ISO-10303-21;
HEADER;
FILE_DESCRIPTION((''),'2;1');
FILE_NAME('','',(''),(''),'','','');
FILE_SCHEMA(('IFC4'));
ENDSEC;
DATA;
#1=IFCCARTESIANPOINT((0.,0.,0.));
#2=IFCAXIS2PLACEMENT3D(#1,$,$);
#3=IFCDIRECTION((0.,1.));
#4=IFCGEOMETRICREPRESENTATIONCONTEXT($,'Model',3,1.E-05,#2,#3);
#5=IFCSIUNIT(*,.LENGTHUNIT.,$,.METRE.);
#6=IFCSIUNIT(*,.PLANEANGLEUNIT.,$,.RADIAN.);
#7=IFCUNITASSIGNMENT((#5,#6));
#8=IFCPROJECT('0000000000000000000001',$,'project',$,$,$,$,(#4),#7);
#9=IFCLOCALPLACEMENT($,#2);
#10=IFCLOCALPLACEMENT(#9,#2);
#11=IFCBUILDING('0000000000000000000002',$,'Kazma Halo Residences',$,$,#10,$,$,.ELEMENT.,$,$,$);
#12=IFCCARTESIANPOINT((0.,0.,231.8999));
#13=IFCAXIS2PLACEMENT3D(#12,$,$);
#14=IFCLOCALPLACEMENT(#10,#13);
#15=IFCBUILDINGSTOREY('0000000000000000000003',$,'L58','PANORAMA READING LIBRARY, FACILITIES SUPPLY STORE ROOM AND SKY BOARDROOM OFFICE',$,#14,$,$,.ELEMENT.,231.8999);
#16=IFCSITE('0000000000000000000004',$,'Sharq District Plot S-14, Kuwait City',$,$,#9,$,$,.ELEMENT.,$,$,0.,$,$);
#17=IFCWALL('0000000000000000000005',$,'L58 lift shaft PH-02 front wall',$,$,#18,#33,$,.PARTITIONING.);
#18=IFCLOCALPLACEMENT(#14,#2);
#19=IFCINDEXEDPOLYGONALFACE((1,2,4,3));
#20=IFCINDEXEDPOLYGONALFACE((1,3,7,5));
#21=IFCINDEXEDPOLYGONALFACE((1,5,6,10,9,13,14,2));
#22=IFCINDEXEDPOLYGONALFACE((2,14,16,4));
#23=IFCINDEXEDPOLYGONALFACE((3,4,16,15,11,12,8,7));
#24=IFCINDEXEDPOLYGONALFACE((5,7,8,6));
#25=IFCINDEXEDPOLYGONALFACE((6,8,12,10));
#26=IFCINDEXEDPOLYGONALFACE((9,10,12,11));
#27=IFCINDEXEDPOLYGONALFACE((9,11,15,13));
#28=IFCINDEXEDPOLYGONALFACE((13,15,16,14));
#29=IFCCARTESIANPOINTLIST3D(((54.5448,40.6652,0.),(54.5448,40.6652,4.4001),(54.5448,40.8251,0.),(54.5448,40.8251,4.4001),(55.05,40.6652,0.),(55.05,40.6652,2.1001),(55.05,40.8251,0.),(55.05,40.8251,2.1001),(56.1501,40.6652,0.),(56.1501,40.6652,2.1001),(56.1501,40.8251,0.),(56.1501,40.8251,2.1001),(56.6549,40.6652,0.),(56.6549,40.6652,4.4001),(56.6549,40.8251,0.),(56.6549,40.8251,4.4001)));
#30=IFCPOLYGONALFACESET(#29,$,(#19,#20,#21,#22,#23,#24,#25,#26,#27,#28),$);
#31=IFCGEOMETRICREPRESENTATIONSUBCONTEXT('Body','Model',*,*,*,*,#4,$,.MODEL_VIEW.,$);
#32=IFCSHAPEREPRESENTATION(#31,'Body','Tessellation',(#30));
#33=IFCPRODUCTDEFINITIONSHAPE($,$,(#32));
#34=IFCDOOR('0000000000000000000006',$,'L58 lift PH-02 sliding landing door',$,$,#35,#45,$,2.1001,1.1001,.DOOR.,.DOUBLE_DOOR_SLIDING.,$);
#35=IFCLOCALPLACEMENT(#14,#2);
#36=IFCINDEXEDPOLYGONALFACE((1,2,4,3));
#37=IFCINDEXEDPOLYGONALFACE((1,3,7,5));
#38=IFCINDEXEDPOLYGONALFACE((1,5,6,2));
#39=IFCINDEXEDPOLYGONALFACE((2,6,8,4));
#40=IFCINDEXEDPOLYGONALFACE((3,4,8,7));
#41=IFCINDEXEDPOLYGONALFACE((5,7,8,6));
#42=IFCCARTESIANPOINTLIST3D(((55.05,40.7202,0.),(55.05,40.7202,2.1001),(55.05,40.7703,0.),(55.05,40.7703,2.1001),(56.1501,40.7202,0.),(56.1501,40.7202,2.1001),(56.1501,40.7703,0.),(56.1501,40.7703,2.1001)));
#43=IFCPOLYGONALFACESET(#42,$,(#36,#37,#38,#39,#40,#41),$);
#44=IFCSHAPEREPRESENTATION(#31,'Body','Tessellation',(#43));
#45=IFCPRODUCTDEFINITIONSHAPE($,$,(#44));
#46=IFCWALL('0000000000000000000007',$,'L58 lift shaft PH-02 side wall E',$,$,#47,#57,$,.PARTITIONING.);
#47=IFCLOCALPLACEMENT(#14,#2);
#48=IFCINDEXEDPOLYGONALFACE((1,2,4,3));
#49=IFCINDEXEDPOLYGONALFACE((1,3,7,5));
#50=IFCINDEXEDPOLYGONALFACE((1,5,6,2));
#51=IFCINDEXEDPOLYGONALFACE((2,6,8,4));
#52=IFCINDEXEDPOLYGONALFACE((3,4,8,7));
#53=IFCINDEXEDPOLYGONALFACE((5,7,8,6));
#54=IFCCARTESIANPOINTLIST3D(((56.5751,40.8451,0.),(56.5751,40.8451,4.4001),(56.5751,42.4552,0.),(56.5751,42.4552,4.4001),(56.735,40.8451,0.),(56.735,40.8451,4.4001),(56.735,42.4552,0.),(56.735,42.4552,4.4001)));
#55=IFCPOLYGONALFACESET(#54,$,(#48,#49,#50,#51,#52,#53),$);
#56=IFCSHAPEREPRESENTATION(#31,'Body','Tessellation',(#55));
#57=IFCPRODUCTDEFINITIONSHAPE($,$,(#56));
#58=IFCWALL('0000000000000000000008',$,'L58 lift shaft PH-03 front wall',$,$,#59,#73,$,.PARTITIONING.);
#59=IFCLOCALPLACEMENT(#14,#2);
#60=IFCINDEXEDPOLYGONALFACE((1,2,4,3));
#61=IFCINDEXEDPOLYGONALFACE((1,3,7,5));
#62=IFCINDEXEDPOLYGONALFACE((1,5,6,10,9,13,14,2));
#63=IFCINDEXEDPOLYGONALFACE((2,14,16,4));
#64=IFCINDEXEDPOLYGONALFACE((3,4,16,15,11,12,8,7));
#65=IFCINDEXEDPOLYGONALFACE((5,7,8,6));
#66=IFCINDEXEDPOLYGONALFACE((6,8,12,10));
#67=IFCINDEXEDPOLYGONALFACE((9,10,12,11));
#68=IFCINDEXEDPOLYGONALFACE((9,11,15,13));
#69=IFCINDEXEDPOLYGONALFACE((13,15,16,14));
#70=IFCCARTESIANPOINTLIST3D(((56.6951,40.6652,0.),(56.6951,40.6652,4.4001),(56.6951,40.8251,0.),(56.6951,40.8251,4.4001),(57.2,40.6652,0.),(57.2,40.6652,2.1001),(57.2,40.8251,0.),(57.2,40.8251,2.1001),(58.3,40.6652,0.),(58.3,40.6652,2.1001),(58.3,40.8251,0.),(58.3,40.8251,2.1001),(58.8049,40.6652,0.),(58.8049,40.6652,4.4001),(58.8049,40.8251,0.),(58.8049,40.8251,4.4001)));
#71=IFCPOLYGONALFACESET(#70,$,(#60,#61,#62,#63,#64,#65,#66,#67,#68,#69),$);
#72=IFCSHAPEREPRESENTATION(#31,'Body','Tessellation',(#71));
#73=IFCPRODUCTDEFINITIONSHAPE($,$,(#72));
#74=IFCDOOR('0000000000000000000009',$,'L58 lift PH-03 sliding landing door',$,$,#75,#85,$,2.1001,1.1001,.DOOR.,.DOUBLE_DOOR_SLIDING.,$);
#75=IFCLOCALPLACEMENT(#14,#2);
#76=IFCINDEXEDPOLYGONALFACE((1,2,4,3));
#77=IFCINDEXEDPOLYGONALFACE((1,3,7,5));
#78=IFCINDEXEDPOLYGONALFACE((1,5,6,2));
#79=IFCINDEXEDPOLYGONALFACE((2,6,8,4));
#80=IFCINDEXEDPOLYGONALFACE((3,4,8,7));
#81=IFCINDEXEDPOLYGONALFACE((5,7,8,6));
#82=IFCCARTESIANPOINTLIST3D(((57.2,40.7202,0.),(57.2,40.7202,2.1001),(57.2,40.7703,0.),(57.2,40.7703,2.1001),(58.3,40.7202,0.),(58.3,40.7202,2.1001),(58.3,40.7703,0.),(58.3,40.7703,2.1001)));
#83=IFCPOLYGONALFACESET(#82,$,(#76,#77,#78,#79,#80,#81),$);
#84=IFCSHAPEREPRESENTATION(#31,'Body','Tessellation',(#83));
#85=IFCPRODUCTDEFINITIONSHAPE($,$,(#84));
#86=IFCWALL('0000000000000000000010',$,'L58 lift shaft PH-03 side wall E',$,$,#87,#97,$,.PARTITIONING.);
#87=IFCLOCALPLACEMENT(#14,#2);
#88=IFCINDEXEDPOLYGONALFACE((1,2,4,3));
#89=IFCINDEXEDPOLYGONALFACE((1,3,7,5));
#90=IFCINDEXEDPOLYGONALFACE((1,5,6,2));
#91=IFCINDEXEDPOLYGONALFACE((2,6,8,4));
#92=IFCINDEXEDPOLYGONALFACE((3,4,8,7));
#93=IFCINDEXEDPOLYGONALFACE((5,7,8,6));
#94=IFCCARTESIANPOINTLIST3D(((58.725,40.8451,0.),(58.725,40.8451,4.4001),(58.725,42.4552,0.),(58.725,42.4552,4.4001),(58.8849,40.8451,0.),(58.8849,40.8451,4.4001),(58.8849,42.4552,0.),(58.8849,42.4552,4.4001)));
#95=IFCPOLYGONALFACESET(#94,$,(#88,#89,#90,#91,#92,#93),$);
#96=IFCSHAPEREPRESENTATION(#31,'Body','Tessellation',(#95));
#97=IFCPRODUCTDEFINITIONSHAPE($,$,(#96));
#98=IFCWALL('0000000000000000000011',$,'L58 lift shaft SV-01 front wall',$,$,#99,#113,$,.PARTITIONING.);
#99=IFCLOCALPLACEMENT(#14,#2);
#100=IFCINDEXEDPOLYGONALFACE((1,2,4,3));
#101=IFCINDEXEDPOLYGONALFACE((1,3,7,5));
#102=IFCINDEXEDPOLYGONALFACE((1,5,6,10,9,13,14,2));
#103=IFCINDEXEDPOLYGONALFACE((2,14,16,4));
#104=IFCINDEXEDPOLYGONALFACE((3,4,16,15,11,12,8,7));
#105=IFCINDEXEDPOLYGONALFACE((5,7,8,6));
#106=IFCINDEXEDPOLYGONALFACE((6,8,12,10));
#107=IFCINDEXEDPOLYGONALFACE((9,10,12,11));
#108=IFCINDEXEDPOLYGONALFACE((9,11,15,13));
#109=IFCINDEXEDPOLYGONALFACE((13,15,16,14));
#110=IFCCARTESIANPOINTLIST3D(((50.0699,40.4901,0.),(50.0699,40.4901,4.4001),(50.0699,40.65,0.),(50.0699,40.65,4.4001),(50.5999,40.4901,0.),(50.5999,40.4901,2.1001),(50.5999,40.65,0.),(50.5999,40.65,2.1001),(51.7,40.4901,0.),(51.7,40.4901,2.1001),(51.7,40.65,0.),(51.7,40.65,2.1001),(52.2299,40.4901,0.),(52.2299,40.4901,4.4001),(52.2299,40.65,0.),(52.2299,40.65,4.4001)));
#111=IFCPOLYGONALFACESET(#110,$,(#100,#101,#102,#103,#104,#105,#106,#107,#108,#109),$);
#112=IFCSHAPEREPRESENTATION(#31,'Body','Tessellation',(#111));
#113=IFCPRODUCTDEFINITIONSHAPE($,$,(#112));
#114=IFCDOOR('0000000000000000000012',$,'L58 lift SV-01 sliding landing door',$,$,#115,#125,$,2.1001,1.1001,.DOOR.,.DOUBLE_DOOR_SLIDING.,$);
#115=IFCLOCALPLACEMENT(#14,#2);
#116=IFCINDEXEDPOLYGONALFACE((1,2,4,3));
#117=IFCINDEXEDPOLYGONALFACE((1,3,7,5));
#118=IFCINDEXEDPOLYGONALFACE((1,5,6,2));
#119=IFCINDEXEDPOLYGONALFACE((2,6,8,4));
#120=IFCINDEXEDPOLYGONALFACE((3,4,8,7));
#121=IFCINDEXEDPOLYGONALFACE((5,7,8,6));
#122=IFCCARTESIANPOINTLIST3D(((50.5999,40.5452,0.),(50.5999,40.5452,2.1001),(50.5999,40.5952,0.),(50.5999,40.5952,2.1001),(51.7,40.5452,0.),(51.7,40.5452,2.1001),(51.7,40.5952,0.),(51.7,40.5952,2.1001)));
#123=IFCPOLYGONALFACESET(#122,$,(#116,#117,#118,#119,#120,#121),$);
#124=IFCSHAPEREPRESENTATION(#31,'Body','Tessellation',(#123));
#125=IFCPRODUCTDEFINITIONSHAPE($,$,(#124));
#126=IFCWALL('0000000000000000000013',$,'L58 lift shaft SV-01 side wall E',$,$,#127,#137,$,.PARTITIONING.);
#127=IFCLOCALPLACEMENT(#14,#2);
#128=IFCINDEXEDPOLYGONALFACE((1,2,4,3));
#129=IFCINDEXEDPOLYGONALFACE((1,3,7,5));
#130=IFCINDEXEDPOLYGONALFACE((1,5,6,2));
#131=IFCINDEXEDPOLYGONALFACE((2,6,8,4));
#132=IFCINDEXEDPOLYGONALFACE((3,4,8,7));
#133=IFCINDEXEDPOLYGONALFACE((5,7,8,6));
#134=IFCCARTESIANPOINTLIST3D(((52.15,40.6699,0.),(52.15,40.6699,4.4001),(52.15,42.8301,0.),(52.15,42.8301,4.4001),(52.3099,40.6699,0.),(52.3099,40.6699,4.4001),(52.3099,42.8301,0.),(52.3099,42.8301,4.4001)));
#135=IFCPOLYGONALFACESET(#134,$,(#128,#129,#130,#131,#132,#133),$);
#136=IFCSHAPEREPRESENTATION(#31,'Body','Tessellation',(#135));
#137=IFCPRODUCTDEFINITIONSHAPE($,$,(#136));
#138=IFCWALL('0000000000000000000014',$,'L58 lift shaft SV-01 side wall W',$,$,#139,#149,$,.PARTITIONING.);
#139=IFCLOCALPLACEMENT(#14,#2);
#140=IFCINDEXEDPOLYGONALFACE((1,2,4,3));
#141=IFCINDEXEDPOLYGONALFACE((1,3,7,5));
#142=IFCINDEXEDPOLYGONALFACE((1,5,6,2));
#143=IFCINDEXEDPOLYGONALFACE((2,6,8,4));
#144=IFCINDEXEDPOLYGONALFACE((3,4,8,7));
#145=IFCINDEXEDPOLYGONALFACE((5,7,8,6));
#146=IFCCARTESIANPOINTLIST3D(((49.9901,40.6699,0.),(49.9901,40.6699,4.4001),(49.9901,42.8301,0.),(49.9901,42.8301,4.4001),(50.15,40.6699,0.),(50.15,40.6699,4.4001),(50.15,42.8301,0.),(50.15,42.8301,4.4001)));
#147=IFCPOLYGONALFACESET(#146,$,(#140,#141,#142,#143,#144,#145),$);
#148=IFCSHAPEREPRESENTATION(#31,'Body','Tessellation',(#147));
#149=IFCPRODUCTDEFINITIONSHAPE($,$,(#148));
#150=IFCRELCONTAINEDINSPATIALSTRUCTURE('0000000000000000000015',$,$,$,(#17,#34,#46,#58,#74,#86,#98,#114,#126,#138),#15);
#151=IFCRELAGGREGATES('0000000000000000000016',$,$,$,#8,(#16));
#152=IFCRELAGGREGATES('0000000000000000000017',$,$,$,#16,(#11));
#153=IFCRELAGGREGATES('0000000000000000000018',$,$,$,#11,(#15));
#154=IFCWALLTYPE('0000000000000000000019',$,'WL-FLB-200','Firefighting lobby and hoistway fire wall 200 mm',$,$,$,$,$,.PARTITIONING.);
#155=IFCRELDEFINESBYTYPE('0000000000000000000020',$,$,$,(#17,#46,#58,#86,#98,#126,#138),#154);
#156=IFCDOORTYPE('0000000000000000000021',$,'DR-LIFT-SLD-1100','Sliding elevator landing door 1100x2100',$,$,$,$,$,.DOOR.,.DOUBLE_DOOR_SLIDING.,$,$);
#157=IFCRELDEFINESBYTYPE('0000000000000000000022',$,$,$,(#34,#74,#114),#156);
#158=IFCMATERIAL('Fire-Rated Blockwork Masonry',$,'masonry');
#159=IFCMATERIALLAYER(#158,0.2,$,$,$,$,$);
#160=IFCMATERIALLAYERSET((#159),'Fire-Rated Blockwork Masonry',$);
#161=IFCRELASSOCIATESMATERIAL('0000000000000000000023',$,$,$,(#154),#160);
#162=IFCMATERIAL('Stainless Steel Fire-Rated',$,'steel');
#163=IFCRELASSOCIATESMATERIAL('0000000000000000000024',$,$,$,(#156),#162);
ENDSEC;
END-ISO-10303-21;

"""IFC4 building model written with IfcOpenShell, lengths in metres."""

from ifc_helpers import new_model, si_unit, direction, frame, frame_2d, origin, place, context, subcontext, project, spatial, rectangle, extrude, material, layer, layer_set, type_object, element, fill, save


model = new_model("IFC4")

# Units and contexts
model_context = context("Model", 3, precision=1e-05, world=origin(), true_north=direction((0.0, 1.0)))
body_context = subcontext(model_context, "Body", "Model", "MODEL_VIEW")
ifc_project = project(units=[si_unit("LENGTHUNIT", "METRE"), si_unit("PLANEANGLEUNIT", "RADIAN")], contexts=[model_context])

# Site, building, storey
site_placement = place(None, origin())
site = spatial("IfcSite", under=ifc_project, at=site_placement, Name="Sharq District Plot S-14, Kuwait City", CompositionType="ELEMENT", RefElevation=0.0)
building_placement = place(site_placement, origin())
building = spatial("IfcBuilding", under=site, at=building_placement, Name="Kazma Halo Residences", CompositionType="ELEMENT")
storey_placement = place(building_placement, frame((0.0, 0.0, 231.8999)))
storey = spatial("IfcBuildingStorey", under=building, at=storey_placement, Name="L58", Description="PANORAMA READING LIBRARY, FACILITIES SUPPLY STORE ROOM AND SKY BOARDROOM OFFICE", CompositionType="ELEMENT", Elevation=231.8999)

# Shared definitions
ifc_material_1 = material(Name="Fire-Rated Blockwork Masonry", Category="masonry")
ifc_layer_1 = layer(ifc_material_1, 0.2)
ifc_layer_set_1 = layer_set([ifc_layer_1], Name="Fire-Rated Blockwork Masonry")
wall_type_1 = type_object("IfcWallType", Name="WL-FLB-200", Description="Firefighting lobby and hoistway fire wall 200 mm", PredefinedType="PARTITIONING", material=ifc_layer_set_1)
ifc_material_2 = material(Name="Stainless Steel Fire-Rated", Category="steel")
door_type_1 = type_object("IfcDoorType", Name="DR-LIFT-SLD-1100", Description="Sliding elevator landing door 1100x2100", OperationType="DOUBLE_DOOR_SLIDING", PredefinedType="DOOR", material=ifc_material_2)

# Wall, opening, door
wall_1_placement = place(storey_placement, frame((56.655, 40.7451, 0.0), z_axis=(0.0, 0.0, 1.0), x_axis=(-1.0, 0.0, 0.0)))
wall_1 = element("IfcWall", 1, at=wall_1_placement, inside=storey, type_object=wall_type_1, Name="L58 lift shaft PH-02 front wall", PredefinedType="PARTITIONING", context=body_context, shape_type="SweptSolid", body=[
    extrude(rectangle(XDim=2.1101, YDim=0.1599, at=frame_2d((1.0552, 0.0))), origin(), (0.0, 0.0, 1.0), 4.4001),
])
opening_1_placement = place(wall_1_placement, frame((0.5049, 0.0, 0.0)))
opening_1 = element("IfcOpeningElement", 2, at=opening_1_placement, cuts=wall_1, PredefinedType="OPENING", context=body_context, shape_type="SweptSolid", body=[
    extrude(rectangle(XDim=1.1001, YDim=2.1001, at=frame_2d((0.55, 1.05))), frame((0.0, 0.0898, 0.0), z_axis=(0.0, -1.0, 0.0), x_axis=(1.0, 0.0, 0.0)), (0.0, 0.0, 1.0), 0.1799),
])
door_1_placement = place(opening_1_placement, origin())
door_1 = element("IfcDoor", 3, at=door_1_placement, inside=storey, type_object=door_type_1, Name="L58 lift PH-02 sliding landing door", OperationType="DOUBLE_DOOR_SLIDING", OverallHeight=2.1001, OverallWidth=1.1001, PredefinedType="DOOR", context=body_context, shape_type="SweptSolid", body=[
    extrude(rectangle(XDim=1.1001, YDim=2.1001, at=frame_2d((0.55, 1.05))), frame((0.0, 0.0249, 0.0), z_axis=(0.0, -1.0, 0.0), x_axis=(1.0, 0.0, 0.0)), (0.0, 0.0, 1.0), 0.05),
])
fill(opening_1, door_1)

# Wall
wall_2_placement = place(storey_placement, frame((56.655, 40.845, 0.0), z_axis=(0.0, 0.0, 1.0), x_axis=(0.0, 1.0, 0.0)))
element("IfcWall", 4, at=wall_2_placement, inside=storey, type_object=wall_type_1, Name="L58 lift shaft PH-02 side wall E", PredefinedType="PARTITIONING", context=body_context, shape_type="SweptSolid", body=[
    extrude(rectangle(XDim=1.6101, YDim=0.1599, at=frame_2d((0.8052, 0.0))), origin(), (0.0, 0.0, 1.0), 4.4001),
])

# Wall, opening, door
wall_3_placement = place(storey_placement, frame((58.8049, 40.7451, 0.0), z_axis=(0.0, 0.0, 1.0), x_axis=(-1.0, 0.0, 0.0)))
wall_3 = element("IfcWall", 5, at=wall_3_placement, inside=storey, type_object=wall_type_1, Name="L58 lift shaft PH-03 front wall", PredefinedType="PARTITIONING", context=body_context, shape_type="SweptSolid", body=[
    extrude(rectangle(XDim=2.1099, YDim=0.1599, at=frame_2d((1.0549, 0.0))), origin(), (0.0, 0.0, 1.0), 4.4001),
])
opening_2_placement = place(wall_3_placement, frame((0.5049, 0.0, 0.0)))
opening_2 = element("IfcOpeningElement", 6, at=opening_2_placement, cuts=wall_3, PredefinedType="OPENING", context=body_context, shape_type="SweptSolid", body=[
    extrude(rectangle(XDim=1.1001, YDim=2.1001, at=frame_2d((0.55, 1.05))), frame((0.0, 0.0898, 0.0), z_axis=(0.0, -1.0, 0.0), x_axis=(1.0, 0.0, 0.0)), (0.0, 0.0, 1.0), 0.1799),
])
door_2_placement = place(opening_2_placement, origin())
door_2 = element("IfcDoor", 7, at=door_2_placement, inside=storey, type_object=door_type_1, Name="L58 lift PH-03 sliding landing door", OperationType="DOUBLE_DOOR_SLIDING", OverallHeight=2.1001, OverallWidth=1.1001, PredefinedType="DOOR", context=body_context, shape_type="SweptSolid", body=[
    extrude(rectangle(XDim=1.1001, YDim=2.1001, at=frame_2d((0.55, 1.05))), frame((0.0, 0.0249, 0.0), z_axis=(0.0, -1.0, 0.0), x_axis=(1.0, 0.0, 0.0)), (0.0, 0.0, 1.0), 0.05),
])
fill(opening_2, door_2)

# Wall
wall_4_placement = place(storey_placement, frame((58.8049, 40.845, 0.0), z_axis=(0.0, 0.0, 1.0), x_axis=(0.0, 1.0, 0.0)))
element("IfcWall", 8, at=wall_4_placement, inside=storey, type_object=wall_type_1, Name="L58 lift shaft PH-03 side wall E", PredefinedType="PARTITIONING", context=body_context, shape_type="SweptSolid", body=[
    extrude(rectangle(XDim=1.6101, YDim=0.1599, at=frame_2d((0.8052, 0.0))), origin(), (0.0, 0.0, 1.0), 4.4001),
])

# Wall, opening, door
wall_5_placement = place(storey_placement, frame((52.23, 40.5701, 0.0), z_axis=(0.0, 0.0, 1.0), x_axis=(-1.0, 0.0, 0.0)))
wall_5 = element("IfcWall", 9, at=wall_5_placement, inside=storey, type_object=wall_type_1, Name="L58 lift shaft SV-01 front wall", PredefinedType="PARTITIONING", context=body_context, shape_type="SweptSolid", body=[
    extrude(rectangle(XDim=2.1599, YDim=0.1599, at=frame_2d((1.0801, 0.0))), origin(), (0.0, 0.0, 1.0), 4.4001),
])
opening_3_placement = place(wall_5_placement, frame((0.53, 0.0, 0.0)))
opening_3 = element("IfcOpeningElement", 10, at=opening_3_placement, cuts=wall_5, PredefinedType="OPENING", context=body_context, shape_type="SweptSolid", body=[
    extrude(rectangle(XDim=1.1001, YDim=2.1001, at=frame_2d((0.55, 1.05))), frame((0.0, 0.0898, 0.0), z_axis=(0.0, -1.0, 0.0), x_axis=(1.0, 0.0, 0.0)), (0.0, 0.0, 1.0), 0.1799),
])
door_3_placement = place(opening_3_placement, origin())
door_3 = element("IfcDoor", 11, at=door_3_placement, inside=storey, type_object=door_type_1, Name="L58 lift SV-01 sliding landing door", OperationType="DOUBLE_DOOR_SLIDING", OverallHeight=2.1001, OverallWidth=1.1001, PredefinedType="DOOR", context=body_context, shape_type="SweptSolid", body=[
    extrude(rectangle(XDim=1.1001, YDim=2.1001, at=frame_2d((0.55, 1.05))), frame((0.0, 0.0249, 0.0), z_axis=(0.0, -1.0, 0.0), x_axis=(1.0, 0.0, 0.0)), (0.0, 0.0, 1.0), 0.05),
])
fill(opening_3, door_3)

# Walls
for number, where, z_axis, x_axis, name in (
    (12, (52.23, 40.6699, 0.0), (0.0, 0.0, 1.0), (0.0, 1.0, 0.0), "L58 lift shaft SV-01 side wall E"),
    (13, (50.0701, 40.6699, 0.0), (0.0, 0.0, 1.0), (0.0, 1.0, 0.0), "L58 lift shaft SV-01 side wall W"),
):
    element("IfcWall", number, at=place(storey_placement, frame(where, z_axis=z_axis, x_axis=x_axis)), inside=storey, type_object=wall_type_1, Name=name, PredefinedType="PARTITIONING", context=body_context, shape_type="SweptSolid", body=[
        extrude(rectangle(XDim=2.1602, YDim=0.1599, at=frame_2d((1.0801, 0.0))), origin(), (0.0, 0.0, 1.0), 4.4001),
    ])

save(model, "model.ifc")
